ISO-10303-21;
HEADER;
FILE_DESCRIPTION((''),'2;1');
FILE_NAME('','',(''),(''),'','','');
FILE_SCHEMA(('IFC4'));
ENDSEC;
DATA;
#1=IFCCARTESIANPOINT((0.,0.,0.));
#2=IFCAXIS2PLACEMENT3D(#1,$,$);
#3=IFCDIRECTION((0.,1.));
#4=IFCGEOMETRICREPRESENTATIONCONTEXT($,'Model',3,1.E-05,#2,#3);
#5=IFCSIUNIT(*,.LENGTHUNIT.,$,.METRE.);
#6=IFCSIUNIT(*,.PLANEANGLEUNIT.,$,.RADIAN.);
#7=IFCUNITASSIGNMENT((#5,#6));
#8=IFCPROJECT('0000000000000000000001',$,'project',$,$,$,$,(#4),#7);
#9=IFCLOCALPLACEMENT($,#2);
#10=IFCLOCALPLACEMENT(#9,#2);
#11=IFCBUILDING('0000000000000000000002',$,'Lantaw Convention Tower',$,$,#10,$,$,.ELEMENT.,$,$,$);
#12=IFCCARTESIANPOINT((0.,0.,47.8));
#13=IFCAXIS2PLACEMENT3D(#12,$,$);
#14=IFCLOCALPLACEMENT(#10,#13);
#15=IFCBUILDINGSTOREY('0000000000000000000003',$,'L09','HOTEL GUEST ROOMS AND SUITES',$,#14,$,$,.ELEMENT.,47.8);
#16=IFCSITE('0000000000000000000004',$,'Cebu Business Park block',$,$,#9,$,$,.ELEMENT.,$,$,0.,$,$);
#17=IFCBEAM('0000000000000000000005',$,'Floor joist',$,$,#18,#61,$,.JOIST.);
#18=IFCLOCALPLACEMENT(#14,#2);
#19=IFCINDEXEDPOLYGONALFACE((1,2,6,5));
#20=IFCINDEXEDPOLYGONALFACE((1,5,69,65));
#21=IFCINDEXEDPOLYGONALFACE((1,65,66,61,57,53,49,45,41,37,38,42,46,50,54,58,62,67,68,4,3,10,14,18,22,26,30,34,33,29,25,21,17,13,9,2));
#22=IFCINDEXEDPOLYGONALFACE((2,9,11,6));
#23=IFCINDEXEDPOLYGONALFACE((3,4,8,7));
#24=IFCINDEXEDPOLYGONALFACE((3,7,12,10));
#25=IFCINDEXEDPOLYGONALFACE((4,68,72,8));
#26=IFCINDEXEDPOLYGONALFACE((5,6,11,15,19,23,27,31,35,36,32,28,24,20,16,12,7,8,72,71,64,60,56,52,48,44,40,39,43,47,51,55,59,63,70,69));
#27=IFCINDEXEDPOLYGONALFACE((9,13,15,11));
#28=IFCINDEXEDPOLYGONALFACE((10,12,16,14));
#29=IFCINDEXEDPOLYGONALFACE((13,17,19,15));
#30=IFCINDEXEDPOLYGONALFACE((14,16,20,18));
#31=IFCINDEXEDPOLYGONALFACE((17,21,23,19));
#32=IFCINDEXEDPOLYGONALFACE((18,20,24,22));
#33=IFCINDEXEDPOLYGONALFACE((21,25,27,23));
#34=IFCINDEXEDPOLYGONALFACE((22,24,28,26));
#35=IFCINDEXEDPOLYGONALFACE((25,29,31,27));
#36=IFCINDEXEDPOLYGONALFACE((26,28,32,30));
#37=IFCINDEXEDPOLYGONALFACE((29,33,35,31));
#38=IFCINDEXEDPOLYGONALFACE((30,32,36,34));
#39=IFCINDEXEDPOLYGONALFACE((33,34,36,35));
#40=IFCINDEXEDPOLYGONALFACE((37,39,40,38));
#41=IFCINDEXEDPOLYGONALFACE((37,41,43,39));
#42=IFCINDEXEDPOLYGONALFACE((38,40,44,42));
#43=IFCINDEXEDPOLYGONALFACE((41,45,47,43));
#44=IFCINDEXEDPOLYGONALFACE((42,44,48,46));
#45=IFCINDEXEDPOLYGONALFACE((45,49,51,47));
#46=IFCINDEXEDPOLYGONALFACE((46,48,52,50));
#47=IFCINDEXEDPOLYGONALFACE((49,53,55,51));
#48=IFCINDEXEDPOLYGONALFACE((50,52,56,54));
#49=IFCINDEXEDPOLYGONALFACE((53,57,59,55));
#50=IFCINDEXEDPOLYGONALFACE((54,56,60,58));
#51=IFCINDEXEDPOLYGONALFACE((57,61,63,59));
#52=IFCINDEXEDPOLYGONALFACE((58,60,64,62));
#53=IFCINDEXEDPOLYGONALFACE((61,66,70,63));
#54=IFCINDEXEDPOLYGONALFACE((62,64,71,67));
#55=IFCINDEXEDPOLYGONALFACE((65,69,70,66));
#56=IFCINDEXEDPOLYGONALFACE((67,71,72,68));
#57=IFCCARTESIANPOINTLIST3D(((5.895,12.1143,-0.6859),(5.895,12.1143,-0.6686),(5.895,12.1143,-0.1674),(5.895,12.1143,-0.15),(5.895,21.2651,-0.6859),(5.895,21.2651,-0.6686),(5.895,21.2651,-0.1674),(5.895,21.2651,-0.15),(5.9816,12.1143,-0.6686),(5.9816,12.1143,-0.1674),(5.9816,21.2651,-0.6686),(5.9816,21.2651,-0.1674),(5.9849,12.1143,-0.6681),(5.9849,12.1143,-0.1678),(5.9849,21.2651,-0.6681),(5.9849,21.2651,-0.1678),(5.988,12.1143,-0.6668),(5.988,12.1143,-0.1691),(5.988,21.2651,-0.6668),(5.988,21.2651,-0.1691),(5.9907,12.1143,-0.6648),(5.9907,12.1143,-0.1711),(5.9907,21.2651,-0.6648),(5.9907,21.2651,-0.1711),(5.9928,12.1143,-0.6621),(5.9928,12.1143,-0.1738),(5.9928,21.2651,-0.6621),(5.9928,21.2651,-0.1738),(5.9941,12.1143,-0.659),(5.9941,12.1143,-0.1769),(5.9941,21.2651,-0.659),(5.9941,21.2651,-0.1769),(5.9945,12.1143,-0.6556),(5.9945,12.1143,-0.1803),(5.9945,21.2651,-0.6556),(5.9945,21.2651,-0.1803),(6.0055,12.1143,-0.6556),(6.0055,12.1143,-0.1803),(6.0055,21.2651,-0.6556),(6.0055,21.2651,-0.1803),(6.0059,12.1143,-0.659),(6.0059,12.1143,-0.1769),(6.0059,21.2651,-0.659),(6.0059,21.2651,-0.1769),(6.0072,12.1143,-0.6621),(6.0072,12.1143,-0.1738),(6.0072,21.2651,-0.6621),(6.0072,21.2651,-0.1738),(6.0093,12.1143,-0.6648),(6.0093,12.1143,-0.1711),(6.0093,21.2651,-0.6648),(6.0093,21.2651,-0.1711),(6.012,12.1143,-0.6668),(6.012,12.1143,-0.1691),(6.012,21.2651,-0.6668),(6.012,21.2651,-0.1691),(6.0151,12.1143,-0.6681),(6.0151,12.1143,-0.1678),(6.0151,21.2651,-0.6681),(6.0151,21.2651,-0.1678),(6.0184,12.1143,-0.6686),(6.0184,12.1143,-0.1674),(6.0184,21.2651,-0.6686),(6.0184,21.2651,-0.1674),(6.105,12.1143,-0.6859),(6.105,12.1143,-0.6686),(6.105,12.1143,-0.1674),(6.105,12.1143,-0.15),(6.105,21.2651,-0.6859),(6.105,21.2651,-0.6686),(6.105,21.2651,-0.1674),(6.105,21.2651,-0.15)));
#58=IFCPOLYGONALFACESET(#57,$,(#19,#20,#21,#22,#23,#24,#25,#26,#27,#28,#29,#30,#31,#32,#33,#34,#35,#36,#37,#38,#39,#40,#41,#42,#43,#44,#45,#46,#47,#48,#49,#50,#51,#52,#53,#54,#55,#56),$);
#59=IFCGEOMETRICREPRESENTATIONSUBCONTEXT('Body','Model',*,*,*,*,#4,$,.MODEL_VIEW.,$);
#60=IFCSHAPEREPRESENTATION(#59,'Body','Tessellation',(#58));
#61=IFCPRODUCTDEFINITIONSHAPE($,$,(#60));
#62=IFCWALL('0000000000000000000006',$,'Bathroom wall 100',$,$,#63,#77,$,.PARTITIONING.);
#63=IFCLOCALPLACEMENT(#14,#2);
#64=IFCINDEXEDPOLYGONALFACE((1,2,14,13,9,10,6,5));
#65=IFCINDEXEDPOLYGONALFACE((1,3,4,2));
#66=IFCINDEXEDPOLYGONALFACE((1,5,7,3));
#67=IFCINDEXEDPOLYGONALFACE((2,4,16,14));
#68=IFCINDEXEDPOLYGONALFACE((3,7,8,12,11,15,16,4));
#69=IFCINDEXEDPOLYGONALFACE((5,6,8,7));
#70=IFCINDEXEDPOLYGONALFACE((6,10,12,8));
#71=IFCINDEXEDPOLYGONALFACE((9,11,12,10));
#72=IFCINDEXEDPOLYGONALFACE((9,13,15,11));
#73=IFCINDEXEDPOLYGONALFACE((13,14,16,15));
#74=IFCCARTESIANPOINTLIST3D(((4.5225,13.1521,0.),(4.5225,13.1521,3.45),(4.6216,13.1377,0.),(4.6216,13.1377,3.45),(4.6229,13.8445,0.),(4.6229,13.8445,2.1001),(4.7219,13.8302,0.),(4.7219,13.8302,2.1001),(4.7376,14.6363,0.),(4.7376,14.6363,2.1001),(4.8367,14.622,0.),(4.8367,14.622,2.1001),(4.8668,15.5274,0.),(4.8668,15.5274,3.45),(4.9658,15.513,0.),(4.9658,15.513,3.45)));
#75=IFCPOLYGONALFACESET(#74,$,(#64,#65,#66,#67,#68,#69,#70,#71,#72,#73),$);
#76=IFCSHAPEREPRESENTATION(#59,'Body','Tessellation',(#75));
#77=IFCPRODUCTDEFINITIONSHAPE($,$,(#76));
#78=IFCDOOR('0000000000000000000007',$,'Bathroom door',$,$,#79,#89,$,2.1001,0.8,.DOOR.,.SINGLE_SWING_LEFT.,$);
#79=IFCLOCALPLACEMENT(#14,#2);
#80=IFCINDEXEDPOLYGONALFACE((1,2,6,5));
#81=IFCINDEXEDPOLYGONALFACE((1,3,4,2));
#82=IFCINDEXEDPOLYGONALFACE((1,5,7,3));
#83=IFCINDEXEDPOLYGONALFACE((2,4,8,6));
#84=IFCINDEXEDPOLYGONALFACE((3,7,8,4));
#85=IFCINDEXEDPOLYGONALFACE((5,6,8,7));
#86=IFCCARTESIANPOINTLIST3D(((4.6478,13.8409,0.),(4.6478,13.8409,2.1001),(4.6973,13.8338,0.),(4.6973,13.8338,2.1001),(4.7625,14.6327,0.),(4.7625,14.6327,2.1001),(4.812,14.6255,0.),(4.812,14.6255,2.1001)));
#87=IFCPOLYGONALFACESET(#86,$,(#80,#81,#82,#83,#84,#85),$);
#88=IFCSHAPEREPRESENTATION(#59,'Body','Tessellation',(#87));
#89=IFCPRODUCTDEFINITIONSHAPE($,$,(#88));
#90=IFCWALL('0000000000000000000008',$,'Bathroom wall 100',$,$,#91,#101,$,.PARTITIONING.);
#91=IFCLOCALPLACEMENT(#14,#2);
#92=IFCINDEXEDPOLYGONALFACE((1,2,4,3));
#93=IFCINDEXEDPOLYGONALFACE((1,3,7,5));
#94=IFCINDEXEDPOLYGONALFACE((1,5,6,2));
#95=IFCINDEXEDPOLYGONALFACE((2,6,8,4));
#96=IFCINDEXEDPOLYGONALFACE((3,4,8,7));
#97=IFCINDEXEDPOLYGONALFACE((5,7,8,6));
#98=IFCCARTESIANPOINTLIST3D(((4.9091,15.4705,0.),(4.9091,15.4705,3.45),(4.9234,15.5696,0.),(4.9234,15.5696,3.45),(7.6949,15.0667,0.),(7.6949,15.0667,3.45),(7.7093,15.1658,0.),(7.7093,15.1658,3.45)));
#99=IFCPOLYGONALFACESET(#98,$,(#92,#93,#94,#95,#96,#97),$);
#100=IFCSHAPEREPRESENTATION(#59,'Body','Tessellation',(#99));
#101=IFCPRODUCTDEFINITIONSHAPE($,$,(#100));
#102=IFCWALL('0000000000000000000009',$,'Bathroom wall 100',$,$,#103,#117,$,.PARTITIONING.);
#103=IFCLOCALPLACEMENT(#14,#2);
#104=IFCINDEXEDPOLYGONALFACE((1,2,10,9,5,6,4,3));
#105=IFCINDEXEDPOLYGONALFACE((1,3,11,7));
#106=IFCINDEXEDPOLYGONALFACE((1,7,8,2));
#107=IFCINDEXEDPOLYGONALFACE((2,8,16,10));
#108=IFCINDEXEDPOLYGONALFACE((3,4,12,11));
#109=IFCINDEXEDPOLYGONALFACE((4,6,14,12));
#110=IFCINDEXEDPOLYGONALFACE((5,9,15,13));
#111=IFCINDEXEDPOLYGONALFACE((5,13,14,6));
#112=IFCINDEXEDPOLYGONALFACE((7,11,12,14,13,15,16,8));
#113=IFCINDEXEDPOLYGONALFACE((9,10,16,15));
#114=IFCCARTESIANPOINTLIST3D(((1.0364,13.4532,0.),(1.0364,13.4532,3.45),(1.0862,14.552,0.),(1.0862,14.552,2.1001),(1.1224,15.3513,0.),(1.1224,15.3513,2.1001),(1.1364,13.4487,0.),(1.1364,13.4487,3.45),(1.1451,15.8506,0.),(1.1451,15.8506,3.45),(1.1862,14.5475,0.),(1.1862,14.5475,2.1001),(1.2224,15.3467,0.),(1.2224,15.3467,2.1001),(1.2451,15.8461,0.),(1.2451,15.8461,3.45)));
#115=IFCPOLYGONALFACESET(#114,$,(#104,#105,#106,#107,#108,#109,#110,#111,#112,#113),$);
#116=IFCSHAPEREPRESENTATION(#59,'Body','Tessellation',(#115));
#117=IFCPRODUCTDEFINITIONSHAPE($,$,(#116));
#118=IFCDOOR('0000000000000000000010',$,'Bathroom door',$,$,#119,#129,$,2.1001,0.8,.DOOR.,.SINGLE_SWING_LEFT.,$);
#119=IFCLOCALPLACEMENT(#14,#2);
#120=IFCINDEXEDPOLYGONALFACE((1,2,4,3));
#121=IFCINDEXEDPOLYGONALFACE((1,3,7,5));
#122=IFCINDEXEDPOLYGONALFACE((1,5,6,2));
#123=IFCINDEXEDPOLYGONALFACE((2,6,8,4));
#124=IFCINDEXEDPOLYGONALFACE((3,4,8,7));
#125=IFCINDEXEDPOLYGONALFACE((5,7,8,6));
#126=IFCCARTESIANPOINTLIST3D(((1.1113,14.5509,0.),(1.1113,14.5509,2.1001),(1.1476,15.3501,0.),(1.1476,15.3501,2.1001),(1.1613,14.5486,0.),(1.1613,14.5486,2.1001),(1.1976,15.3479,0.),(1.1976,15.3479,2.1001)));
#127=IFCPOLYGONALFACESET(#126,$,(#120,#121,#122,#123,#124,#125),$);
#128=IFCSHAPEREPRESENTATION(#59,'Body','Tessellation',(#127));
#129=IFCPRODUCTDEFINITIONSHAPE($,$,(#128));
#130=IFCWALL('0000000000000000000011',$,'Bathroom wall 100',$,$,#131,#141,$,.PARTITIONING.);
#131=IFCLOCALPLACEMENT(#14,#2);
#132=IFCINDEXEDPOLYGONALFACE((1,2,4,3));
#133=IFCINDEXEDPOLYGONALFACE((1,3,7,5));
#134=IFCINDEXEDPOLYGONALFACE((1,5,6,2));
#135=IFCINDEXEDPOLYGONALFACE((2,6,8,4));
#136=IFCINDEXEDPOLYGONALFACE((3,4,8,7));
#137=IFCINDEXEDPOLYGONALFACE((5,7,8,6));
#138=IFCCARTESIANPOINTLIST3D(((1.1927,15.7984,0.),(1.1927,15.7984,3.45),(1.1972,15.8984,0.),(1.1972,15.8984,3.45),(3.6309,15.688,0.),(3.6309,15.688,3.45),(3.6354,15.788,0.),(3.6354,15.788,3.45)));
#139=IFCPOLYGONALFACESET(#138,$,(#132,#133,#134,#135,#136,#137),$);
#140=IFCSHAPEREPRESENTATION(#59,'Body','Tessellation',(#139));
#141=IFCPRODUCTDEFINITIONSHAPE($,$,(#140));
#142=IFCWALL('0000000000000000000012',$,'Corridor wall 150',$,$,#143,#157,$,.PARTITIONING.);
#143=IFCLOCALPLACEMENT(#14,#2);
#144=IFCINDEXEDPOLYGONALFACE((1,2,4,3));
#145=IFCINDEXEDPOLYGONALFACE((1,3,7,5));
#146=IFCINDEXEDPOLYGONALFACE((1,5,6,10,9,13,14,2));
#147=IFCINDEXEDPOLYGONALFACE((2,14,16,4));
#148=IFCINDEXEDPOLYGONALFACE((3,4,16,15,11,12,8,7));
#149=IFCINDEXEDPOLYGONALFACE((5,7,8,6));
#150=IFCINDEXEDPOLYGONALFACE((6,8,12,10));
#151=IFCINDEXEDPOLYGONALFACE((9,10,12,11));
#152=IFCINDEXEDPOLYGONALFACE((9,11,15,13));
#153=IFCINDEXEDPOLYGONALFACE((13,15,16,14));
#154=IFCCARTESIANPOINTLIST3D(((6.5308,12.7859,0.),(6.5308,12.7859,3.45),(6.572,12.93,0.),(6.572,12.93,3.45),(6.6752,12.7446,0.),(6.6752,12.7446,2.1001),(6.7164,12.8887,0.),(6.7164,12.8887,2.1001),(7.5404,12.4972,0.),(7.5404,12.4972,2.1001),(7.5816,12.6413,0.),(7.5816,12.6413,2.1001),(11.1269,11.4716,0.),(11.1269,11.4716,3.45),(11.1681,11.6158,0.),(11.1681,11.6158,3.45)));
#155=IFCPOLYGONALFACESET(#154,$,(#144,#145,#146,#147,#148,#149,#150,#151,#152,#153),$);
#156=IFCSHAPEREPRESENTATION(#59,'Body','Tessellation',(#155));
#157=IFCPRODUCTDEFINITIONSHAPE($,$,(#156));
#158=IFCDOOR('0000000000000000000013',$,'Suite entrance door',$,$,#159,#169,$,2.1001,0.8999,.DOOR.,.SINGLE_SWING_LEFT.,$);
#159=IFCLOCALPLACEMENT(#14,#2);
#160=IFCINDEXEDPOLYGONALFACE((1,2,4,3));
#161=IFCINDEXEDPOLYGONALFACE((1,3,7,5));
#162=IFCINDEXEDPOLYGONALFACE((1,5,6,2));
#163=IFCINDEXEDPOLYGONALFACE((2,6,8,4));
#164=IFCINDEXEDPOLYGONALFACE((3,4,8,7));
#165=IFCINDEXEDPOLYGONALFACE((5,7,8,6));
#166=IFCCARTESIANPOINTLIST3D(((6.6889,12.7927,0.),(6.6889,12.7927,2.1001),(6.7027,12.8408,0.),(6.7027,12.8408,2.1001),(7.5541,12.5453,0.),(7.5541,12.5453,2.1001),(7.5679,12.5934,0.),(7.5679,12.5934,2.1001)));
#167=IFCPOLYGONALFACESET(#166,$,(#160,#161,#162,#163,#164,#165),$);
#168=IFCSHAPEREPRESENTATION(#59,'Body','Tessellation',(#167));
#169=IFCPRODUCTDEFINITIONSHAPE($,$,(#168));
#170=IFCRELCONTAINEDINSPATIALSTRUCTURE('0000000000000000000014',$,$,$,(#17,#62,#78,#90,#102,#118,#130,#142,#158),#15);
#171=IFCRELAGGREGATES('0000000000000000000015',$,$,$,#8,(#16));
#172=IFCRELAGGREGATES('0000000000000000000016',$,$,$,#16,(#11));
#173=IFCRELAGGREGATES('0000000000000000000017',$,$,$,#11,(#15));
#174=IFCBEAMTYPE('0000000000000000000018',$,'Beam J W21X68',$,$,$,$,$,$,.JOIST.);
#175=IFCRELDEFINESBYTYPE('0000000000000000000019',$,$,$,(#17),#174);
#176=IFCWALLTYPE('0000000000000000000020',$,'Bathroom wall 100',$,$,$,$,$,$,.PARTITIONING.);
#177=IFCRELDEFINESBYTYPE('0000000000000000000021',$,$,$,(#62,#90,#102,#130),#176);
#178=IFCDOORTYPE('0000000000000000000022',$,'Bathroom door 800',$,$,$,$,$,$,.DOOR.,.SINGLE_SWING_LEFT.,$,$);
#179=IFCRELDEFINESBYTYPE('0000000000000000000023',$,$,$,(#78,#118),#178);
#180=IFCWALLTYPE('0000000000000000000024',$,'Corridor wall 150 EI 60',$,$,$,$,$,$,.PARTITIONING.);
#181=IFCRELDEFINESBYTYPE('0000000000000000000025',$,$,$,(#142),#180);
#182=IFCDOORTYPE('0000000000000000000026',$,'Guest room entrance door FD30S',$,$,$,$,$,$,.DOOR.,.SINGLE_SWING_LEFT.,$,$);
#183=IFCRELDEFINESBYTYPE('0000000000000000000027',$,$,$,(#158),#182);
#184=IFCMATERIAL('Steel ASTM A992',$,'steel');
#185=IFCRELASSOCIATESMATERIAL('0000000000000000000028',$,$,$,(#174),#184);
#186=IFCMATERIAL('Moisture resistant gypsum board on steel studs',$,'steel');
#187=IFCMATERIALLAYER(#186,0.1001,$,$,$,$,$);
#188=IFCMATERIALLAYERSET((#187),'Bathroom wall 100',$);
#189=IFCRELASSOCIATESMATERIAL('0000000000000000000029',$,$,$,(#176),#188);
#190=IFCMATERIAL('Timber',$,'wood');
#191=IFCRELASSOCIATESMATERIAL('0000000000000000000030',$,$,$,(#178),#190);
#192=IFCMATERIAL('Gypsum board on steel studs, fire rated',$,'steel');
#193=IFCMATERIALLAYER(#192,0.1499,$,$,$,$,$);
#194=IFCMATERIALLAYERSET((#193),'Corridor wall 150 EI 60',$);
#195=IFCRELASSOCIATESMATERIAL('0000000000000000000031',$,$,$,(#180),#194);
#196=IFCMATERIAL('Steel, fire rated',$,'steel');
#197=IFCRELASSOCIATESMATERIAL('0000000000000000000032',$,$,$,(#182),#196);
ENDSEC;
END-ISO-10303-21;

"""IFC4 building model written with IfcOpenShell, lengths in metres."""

from ifc_helpers import new_model, si_unit, direction, frame, frame_2d, origin, origin_2d, place, context, subcontext, project, spatial, rectangle, i_section, extrude, material, layer, layer_set, material_profile, profile_set, type_object, element, fill, save


model = new_model("IFC4")

# Units and contexts
model_context = context("Model", 3, precision=1e-05, world=origin(), true_north=direction((0.0, 1.0)))
body_context = subcontext(model_context, "Body", "Model", "MODEL_VIEW")
ifc_project = project(units=[si_unit("LENGTHUNIT", "METRE"), si_unit("PLANEANGLEUNIT", "RADIAN")], contexts=[model_context])

# Site, building, storey
site_placement = place(None, origin())
site = spatial("IfcSite", under=ifc_project, at=site_placement, Name="Cebu Business Park block", CompositionType="ELEMENT", RefElevation=0.0)
building_placement = place(site_placement, origin())
building = spatial("IfcBuilding", under=site, at=building_placement, Name="Lantaw Convention Tower", CompositionType="ELEMENT")
storey_placement = place(building_placement, frame((0.0, 0.0, 47.8)))
storey = spatial("IfcBuildingStorey", under=building, at=storey_placement, Name="L09", Description="HOTEL GUEST ROOMS AND SUITES", CompositionType="ELEMENT", Elevation=47.8)

# Beam
ifc_material_1 = material(Name="Steel ASTM A992", Category="steel")
ifc_material_profile = material_profile(ifc_material_1, i_section(OverallWidth=0.21, OverallDepth=0.5359, WebThickness=0.011, FlangeThickness=0.0173, FilletRadius=0.0129, at=origin_2d()), Name="W21X68")
ifc_profile_set = profile_set([ifc_material_profile], Name="Steel ASTM A992")
beam_type = type_object("IfcBeamType", Name="Beam J W21X68", PredefinedType="JOIST", material=ifc_profile_set)
beam_placement = place(storey_placement, frame((6.0, 12.1143, -0.418), z_axis=(0.0, 1.0, 0.0), x_axis=(-1.0, 0.0, 0.0)))
element("IfcBeam", 1, at=beam_placement, inside=storey, type_object=beam_type, Name="Floor joist", PredefinedType="JOIST", context=body_context, shape_type="SweptSolid", body=[
    extrude(i_section(OverallWidth=0.21, OverallDepth=0.5359, WebThickness=0.011, FlangeThickness=0.0173, FilletRadius=0.0129, at=origin_2d()), origin(), (0.0, 0.0, 1.0), 9.1509),
])

# Wall, opening, door
ifc_material_2 = material(Name="Moisture resistant gypsum board on steel studs", Category="steel")
ifc_layer_1 = layer(ifc_material_2, 0.1001)
ifc_layer_set_1 = layer_set([ifc_layer_1], Name="Bathroom wall 100")
wall_type_1 = type_object("IfcWallType", Name="Bathroom wall 100", PredefinedType="PARTITIONING", material=ifc_layer_set_1)
wall_1_placement = place(storey_placement, frame((4.572, 13.1448, 0.0), z_axis=(0.0, 0.0, 1.0), x_axis=(0.143429, 0.989661, 0.0)))
wall_1 = element("IfcWall", 2, at=wall_1_placement, inside=storey, type_object=wall_type_1, Name="Bathroom wall 100", PredefinedType="PARTITIONING", context=body_context, shape_type="SweptSolid", body=[
    extrude(rectangle(XDim=2.4001, YDim=0.1001, at=frame_2d((1.2002, 0.0))), origin(), (0.0, 0.0, 1.0), 3.45),
])
opening_1_placement = place(wall_1_placement, frame((0.7, 0.0, 0.0)))
opening_1 = element("IfcOpeningElement", 3, at=opening_1_placement, cuts=wall_1, PredefinedType="OPENING", context=body_context, shape_type="SweptSolid", body=[
    extrude(rectangle(XDim=0.8, YDim=2.1001, at=frame_2d((0.3999, 1.05))), frame((0.0, 0.0601, 0.0), z_axis=(0.0, -1.0, 0.0), x_axis=(1.0, 0.0, 0.0)), (0.0, 0.0, 1.0), 0.1201),
])
ifc_material_3 = material(Name="Timber", Category="wood")
door_type_1 = type_object("IfcDoorType", Name="Bathroom door 800", OperationType="SINGLE_SWING_LEFT", PredefinedType="DOOR", material=ifc_material_3)
door_1_placement = place(opening_1_placement, origin())
door_1 = element("IfcDoor", 4, at=door_1_placement, inside=storey, type_object=door_type_1, Name="Bathroom door", OperationType="SINGLE_SWING_LEFT", OverallHeight=2.1001, OverallWidth=0.8, PredefinedType="DOOR", context=body_context, shape_type="SweptSolid", body=[
    extrude(rectangle(XDim=0.8, YDim=2.1001, at=frame_2d((0.3999, 1.05))), frame((0.0, 0.0249, 0.0), z_axis=(0.0, -1.0, 0.0), x_axis=(1.0, 0.0, 0.0)), (0.0, 0.0, 1.0), 0.05),
])
fill(opening_1, door_1)

# Wall
wall_2_placement = place(storey_placement, frame((4.9163, 15.52, 0.0), z_axis=(0.0, 0.0, 1.0), x_axis=(0.989658, -0.143449, 0.0)))
element("IfcWall", 5, at=wall_2_placement, inside=storey, type_object=wall_type_1, Name="Bathroom wall 100", PredefinedType="PARTITIONING", context=body_context, shape_type="SweptSolid", body=[
    extrude(rectangle(XDim=2.8149, YDim=0.1001, at=frame_2d((1.4075, 0.0))), origin(), (0.0, 0.0, 1.0), 3.45),
])

# Wall, opening, door
wall_3_placement = place(storey_placement, frame((1.0864, 13.4509, 0.0), z_axis=(0.0, 0.0, 1.0), x_axis=(0.045269, 0.998975, 0.0)))
wall_3 = element("IfcWall", 6, at=wall_3_placement, inside=storey, type_object=wall_type_1, Name="Bathroom wall 100", PredefinedType="PARTITIONING", context=body_context, shape_type="SweptSolid", body=[
    extrude(rectangle(XDim=2.3999, YDim=0.1001, at=frame_2d((1.2, 0.0))), origin(), (0.0, 0.0, 1.0), 3.45),
])
opening_2_placement = place(wall_3_placement, frame((1.1001, 0.0, 0.0)))
opening_2 = element("IfcOpeningElement", 7, at=opening_2_placement, cuts=wall_3, PredefinedType="OPENING", context=body_context, shape_type="SweptSolid", body=[
    extrude(rectangle(XDim=0.8, YDim=2.1001, at=frame_2d((0.3999, 1.05))), frame((0.0, 0.0601, 0.0), z_axis=(0.0, -1.0, 0.0), x_axis=(1.0, 0.0, 0.0)), (0.0, 0.0, 1.0), 0.1201),
])
door_2_placement = place(opening_2_placement, origin())
door_2 = element("IfcDoor", 8, at=door_2_placement, inside=storey, type_object=door_type_1, Name="Bathroom door", OperationType="SINGLE_SWING_LEFT", OverallHeight=2.1001, OverallWidth=0.8, PredefinedType="DOOR", context=body_context, shape_type="SweptSolid", body=[
    extrude(rectangle(XDim=0.8, YDim=2.1001, at=frame_2d((0.3999, 1.05))), frame((0.0, 0.0249, 0.0), z_axis=(0.0, -1.0, 0.0), x_axis=(1.0, 0.0, 0.0)), (0.0, 0.0, 1.0), 0.05),
])
fill(opening_2, door_2)

# Wall
wall_4_placement = place(storey_placement, frame((1.1951, 15.8484, 0.0), z_axis=(0.0, 0.0, 1.0), x_axis=(0.998977, -0.045213, 0.0)))
element("IfcWall", 9, at=wall_4_placement, inside=storey, type_object=wall_type_1, Name="Bathroom wall 100", PredefinedType="PARTITIONING", context=body_context, shape_type="SweptSolid", body=[
    extrude(rectangle(XDim=2.4407, YDim=0.1001, at=frame_2d((1.2202, 0.0))), origin(), (0.0, 0.0, 1.0), 3.45),
])

# Wall, opening, door
ifc_material_4 = material(Name="Gypsum board on steel studs, fire rated", Category="steel")
ifc_layer_2 = layer(ifc_material_4, 0.1499)
ifc_layer_set_2 = layer_set([ifc_layer_2], Name="Corridor wall 150 EI 60")
wall_type_2 = type_object("IfcWallType", Name="Corridor wall 150 EI 60", PredefinedType="PARTITIONING", material=ifc_layer_set_2)
wall_5_placement = place(storey_placement, frame((11.1475, 11.5437, 0.0), z_axis=(0.0, 0.0, 1.0), x_axis=(-0.961464, 0.27493, 0.0)))
wall_5 = element("IfcWall", 10, at=wall_5_placement, inside=storey, type_object=wall_type_2, Name="Corridor wall 150", PredefinedType="PARTITIONING", context=body_context, shape_type="SweptSolid", body=[
    extrude(rectangle(XDim=4.7803, YDim=0.1499, at=frame_2d((2.3901, 0.0))), origin(), (0.0, 0.0, 1.0), 3.45),
])
opening_3_placement = place(wall_5_placement, frame((3.7302, 0.0, 0.0)))
opening_3 = element("IfcOpeningElement", 11, at=opening_3_placement, cuts=wall_5, PredefinedType="OPENING", context=body_context, shape_type="SweptSolid", body=[
    extrude(rectangle(XDim=0.8999, YDim=2.1001, at=frame_2d((0.45, 1.05))), frame((0.0, 0.085, 0.0), z_axis=(0.0, -1.0, 0.0), x_axis=(1.0, 0.0, 0.0)), (0.0, 0.0, 1.0), 0.1699),
])
ifc_material_5 = material(Name="Steel, fire rated", Category="steel")
door_type_2 = type_object("IfcDoorType", Name="Guest room entrance door FD30S", OperationType="SINGLE_SWING_LEFT", PredefinedType="DOOR", material=ifc_material_5)
door_3_placement = place(opening_3_placement, origin())
door_3 = element("IfcDoor", 12, at=door_3_placement, inside=storey, type_object=door_type_2, Name="Suite entrance door", OperationType="SINGLE_SWING_LEFT", OverallHeight=2.1001, OverallWidth=0.8999, PredefinedType="DOOR", context=body_context, shape_type="SweptSolid", body=[
    extrude(rectangle(XDim=0.8999, YDim=2.1001, at=frame_2d((0.45, 1.05))), frame((0.0, 0.0249, 0.0), z_axis=(0.0, -1.0, 0.0), x_axis=(1.0, 0.0, 0.0)), (0.0, 0.0, 1.0), 0.05),
])
fill(opening_3, door_3)

save(model, "model.ifc")
